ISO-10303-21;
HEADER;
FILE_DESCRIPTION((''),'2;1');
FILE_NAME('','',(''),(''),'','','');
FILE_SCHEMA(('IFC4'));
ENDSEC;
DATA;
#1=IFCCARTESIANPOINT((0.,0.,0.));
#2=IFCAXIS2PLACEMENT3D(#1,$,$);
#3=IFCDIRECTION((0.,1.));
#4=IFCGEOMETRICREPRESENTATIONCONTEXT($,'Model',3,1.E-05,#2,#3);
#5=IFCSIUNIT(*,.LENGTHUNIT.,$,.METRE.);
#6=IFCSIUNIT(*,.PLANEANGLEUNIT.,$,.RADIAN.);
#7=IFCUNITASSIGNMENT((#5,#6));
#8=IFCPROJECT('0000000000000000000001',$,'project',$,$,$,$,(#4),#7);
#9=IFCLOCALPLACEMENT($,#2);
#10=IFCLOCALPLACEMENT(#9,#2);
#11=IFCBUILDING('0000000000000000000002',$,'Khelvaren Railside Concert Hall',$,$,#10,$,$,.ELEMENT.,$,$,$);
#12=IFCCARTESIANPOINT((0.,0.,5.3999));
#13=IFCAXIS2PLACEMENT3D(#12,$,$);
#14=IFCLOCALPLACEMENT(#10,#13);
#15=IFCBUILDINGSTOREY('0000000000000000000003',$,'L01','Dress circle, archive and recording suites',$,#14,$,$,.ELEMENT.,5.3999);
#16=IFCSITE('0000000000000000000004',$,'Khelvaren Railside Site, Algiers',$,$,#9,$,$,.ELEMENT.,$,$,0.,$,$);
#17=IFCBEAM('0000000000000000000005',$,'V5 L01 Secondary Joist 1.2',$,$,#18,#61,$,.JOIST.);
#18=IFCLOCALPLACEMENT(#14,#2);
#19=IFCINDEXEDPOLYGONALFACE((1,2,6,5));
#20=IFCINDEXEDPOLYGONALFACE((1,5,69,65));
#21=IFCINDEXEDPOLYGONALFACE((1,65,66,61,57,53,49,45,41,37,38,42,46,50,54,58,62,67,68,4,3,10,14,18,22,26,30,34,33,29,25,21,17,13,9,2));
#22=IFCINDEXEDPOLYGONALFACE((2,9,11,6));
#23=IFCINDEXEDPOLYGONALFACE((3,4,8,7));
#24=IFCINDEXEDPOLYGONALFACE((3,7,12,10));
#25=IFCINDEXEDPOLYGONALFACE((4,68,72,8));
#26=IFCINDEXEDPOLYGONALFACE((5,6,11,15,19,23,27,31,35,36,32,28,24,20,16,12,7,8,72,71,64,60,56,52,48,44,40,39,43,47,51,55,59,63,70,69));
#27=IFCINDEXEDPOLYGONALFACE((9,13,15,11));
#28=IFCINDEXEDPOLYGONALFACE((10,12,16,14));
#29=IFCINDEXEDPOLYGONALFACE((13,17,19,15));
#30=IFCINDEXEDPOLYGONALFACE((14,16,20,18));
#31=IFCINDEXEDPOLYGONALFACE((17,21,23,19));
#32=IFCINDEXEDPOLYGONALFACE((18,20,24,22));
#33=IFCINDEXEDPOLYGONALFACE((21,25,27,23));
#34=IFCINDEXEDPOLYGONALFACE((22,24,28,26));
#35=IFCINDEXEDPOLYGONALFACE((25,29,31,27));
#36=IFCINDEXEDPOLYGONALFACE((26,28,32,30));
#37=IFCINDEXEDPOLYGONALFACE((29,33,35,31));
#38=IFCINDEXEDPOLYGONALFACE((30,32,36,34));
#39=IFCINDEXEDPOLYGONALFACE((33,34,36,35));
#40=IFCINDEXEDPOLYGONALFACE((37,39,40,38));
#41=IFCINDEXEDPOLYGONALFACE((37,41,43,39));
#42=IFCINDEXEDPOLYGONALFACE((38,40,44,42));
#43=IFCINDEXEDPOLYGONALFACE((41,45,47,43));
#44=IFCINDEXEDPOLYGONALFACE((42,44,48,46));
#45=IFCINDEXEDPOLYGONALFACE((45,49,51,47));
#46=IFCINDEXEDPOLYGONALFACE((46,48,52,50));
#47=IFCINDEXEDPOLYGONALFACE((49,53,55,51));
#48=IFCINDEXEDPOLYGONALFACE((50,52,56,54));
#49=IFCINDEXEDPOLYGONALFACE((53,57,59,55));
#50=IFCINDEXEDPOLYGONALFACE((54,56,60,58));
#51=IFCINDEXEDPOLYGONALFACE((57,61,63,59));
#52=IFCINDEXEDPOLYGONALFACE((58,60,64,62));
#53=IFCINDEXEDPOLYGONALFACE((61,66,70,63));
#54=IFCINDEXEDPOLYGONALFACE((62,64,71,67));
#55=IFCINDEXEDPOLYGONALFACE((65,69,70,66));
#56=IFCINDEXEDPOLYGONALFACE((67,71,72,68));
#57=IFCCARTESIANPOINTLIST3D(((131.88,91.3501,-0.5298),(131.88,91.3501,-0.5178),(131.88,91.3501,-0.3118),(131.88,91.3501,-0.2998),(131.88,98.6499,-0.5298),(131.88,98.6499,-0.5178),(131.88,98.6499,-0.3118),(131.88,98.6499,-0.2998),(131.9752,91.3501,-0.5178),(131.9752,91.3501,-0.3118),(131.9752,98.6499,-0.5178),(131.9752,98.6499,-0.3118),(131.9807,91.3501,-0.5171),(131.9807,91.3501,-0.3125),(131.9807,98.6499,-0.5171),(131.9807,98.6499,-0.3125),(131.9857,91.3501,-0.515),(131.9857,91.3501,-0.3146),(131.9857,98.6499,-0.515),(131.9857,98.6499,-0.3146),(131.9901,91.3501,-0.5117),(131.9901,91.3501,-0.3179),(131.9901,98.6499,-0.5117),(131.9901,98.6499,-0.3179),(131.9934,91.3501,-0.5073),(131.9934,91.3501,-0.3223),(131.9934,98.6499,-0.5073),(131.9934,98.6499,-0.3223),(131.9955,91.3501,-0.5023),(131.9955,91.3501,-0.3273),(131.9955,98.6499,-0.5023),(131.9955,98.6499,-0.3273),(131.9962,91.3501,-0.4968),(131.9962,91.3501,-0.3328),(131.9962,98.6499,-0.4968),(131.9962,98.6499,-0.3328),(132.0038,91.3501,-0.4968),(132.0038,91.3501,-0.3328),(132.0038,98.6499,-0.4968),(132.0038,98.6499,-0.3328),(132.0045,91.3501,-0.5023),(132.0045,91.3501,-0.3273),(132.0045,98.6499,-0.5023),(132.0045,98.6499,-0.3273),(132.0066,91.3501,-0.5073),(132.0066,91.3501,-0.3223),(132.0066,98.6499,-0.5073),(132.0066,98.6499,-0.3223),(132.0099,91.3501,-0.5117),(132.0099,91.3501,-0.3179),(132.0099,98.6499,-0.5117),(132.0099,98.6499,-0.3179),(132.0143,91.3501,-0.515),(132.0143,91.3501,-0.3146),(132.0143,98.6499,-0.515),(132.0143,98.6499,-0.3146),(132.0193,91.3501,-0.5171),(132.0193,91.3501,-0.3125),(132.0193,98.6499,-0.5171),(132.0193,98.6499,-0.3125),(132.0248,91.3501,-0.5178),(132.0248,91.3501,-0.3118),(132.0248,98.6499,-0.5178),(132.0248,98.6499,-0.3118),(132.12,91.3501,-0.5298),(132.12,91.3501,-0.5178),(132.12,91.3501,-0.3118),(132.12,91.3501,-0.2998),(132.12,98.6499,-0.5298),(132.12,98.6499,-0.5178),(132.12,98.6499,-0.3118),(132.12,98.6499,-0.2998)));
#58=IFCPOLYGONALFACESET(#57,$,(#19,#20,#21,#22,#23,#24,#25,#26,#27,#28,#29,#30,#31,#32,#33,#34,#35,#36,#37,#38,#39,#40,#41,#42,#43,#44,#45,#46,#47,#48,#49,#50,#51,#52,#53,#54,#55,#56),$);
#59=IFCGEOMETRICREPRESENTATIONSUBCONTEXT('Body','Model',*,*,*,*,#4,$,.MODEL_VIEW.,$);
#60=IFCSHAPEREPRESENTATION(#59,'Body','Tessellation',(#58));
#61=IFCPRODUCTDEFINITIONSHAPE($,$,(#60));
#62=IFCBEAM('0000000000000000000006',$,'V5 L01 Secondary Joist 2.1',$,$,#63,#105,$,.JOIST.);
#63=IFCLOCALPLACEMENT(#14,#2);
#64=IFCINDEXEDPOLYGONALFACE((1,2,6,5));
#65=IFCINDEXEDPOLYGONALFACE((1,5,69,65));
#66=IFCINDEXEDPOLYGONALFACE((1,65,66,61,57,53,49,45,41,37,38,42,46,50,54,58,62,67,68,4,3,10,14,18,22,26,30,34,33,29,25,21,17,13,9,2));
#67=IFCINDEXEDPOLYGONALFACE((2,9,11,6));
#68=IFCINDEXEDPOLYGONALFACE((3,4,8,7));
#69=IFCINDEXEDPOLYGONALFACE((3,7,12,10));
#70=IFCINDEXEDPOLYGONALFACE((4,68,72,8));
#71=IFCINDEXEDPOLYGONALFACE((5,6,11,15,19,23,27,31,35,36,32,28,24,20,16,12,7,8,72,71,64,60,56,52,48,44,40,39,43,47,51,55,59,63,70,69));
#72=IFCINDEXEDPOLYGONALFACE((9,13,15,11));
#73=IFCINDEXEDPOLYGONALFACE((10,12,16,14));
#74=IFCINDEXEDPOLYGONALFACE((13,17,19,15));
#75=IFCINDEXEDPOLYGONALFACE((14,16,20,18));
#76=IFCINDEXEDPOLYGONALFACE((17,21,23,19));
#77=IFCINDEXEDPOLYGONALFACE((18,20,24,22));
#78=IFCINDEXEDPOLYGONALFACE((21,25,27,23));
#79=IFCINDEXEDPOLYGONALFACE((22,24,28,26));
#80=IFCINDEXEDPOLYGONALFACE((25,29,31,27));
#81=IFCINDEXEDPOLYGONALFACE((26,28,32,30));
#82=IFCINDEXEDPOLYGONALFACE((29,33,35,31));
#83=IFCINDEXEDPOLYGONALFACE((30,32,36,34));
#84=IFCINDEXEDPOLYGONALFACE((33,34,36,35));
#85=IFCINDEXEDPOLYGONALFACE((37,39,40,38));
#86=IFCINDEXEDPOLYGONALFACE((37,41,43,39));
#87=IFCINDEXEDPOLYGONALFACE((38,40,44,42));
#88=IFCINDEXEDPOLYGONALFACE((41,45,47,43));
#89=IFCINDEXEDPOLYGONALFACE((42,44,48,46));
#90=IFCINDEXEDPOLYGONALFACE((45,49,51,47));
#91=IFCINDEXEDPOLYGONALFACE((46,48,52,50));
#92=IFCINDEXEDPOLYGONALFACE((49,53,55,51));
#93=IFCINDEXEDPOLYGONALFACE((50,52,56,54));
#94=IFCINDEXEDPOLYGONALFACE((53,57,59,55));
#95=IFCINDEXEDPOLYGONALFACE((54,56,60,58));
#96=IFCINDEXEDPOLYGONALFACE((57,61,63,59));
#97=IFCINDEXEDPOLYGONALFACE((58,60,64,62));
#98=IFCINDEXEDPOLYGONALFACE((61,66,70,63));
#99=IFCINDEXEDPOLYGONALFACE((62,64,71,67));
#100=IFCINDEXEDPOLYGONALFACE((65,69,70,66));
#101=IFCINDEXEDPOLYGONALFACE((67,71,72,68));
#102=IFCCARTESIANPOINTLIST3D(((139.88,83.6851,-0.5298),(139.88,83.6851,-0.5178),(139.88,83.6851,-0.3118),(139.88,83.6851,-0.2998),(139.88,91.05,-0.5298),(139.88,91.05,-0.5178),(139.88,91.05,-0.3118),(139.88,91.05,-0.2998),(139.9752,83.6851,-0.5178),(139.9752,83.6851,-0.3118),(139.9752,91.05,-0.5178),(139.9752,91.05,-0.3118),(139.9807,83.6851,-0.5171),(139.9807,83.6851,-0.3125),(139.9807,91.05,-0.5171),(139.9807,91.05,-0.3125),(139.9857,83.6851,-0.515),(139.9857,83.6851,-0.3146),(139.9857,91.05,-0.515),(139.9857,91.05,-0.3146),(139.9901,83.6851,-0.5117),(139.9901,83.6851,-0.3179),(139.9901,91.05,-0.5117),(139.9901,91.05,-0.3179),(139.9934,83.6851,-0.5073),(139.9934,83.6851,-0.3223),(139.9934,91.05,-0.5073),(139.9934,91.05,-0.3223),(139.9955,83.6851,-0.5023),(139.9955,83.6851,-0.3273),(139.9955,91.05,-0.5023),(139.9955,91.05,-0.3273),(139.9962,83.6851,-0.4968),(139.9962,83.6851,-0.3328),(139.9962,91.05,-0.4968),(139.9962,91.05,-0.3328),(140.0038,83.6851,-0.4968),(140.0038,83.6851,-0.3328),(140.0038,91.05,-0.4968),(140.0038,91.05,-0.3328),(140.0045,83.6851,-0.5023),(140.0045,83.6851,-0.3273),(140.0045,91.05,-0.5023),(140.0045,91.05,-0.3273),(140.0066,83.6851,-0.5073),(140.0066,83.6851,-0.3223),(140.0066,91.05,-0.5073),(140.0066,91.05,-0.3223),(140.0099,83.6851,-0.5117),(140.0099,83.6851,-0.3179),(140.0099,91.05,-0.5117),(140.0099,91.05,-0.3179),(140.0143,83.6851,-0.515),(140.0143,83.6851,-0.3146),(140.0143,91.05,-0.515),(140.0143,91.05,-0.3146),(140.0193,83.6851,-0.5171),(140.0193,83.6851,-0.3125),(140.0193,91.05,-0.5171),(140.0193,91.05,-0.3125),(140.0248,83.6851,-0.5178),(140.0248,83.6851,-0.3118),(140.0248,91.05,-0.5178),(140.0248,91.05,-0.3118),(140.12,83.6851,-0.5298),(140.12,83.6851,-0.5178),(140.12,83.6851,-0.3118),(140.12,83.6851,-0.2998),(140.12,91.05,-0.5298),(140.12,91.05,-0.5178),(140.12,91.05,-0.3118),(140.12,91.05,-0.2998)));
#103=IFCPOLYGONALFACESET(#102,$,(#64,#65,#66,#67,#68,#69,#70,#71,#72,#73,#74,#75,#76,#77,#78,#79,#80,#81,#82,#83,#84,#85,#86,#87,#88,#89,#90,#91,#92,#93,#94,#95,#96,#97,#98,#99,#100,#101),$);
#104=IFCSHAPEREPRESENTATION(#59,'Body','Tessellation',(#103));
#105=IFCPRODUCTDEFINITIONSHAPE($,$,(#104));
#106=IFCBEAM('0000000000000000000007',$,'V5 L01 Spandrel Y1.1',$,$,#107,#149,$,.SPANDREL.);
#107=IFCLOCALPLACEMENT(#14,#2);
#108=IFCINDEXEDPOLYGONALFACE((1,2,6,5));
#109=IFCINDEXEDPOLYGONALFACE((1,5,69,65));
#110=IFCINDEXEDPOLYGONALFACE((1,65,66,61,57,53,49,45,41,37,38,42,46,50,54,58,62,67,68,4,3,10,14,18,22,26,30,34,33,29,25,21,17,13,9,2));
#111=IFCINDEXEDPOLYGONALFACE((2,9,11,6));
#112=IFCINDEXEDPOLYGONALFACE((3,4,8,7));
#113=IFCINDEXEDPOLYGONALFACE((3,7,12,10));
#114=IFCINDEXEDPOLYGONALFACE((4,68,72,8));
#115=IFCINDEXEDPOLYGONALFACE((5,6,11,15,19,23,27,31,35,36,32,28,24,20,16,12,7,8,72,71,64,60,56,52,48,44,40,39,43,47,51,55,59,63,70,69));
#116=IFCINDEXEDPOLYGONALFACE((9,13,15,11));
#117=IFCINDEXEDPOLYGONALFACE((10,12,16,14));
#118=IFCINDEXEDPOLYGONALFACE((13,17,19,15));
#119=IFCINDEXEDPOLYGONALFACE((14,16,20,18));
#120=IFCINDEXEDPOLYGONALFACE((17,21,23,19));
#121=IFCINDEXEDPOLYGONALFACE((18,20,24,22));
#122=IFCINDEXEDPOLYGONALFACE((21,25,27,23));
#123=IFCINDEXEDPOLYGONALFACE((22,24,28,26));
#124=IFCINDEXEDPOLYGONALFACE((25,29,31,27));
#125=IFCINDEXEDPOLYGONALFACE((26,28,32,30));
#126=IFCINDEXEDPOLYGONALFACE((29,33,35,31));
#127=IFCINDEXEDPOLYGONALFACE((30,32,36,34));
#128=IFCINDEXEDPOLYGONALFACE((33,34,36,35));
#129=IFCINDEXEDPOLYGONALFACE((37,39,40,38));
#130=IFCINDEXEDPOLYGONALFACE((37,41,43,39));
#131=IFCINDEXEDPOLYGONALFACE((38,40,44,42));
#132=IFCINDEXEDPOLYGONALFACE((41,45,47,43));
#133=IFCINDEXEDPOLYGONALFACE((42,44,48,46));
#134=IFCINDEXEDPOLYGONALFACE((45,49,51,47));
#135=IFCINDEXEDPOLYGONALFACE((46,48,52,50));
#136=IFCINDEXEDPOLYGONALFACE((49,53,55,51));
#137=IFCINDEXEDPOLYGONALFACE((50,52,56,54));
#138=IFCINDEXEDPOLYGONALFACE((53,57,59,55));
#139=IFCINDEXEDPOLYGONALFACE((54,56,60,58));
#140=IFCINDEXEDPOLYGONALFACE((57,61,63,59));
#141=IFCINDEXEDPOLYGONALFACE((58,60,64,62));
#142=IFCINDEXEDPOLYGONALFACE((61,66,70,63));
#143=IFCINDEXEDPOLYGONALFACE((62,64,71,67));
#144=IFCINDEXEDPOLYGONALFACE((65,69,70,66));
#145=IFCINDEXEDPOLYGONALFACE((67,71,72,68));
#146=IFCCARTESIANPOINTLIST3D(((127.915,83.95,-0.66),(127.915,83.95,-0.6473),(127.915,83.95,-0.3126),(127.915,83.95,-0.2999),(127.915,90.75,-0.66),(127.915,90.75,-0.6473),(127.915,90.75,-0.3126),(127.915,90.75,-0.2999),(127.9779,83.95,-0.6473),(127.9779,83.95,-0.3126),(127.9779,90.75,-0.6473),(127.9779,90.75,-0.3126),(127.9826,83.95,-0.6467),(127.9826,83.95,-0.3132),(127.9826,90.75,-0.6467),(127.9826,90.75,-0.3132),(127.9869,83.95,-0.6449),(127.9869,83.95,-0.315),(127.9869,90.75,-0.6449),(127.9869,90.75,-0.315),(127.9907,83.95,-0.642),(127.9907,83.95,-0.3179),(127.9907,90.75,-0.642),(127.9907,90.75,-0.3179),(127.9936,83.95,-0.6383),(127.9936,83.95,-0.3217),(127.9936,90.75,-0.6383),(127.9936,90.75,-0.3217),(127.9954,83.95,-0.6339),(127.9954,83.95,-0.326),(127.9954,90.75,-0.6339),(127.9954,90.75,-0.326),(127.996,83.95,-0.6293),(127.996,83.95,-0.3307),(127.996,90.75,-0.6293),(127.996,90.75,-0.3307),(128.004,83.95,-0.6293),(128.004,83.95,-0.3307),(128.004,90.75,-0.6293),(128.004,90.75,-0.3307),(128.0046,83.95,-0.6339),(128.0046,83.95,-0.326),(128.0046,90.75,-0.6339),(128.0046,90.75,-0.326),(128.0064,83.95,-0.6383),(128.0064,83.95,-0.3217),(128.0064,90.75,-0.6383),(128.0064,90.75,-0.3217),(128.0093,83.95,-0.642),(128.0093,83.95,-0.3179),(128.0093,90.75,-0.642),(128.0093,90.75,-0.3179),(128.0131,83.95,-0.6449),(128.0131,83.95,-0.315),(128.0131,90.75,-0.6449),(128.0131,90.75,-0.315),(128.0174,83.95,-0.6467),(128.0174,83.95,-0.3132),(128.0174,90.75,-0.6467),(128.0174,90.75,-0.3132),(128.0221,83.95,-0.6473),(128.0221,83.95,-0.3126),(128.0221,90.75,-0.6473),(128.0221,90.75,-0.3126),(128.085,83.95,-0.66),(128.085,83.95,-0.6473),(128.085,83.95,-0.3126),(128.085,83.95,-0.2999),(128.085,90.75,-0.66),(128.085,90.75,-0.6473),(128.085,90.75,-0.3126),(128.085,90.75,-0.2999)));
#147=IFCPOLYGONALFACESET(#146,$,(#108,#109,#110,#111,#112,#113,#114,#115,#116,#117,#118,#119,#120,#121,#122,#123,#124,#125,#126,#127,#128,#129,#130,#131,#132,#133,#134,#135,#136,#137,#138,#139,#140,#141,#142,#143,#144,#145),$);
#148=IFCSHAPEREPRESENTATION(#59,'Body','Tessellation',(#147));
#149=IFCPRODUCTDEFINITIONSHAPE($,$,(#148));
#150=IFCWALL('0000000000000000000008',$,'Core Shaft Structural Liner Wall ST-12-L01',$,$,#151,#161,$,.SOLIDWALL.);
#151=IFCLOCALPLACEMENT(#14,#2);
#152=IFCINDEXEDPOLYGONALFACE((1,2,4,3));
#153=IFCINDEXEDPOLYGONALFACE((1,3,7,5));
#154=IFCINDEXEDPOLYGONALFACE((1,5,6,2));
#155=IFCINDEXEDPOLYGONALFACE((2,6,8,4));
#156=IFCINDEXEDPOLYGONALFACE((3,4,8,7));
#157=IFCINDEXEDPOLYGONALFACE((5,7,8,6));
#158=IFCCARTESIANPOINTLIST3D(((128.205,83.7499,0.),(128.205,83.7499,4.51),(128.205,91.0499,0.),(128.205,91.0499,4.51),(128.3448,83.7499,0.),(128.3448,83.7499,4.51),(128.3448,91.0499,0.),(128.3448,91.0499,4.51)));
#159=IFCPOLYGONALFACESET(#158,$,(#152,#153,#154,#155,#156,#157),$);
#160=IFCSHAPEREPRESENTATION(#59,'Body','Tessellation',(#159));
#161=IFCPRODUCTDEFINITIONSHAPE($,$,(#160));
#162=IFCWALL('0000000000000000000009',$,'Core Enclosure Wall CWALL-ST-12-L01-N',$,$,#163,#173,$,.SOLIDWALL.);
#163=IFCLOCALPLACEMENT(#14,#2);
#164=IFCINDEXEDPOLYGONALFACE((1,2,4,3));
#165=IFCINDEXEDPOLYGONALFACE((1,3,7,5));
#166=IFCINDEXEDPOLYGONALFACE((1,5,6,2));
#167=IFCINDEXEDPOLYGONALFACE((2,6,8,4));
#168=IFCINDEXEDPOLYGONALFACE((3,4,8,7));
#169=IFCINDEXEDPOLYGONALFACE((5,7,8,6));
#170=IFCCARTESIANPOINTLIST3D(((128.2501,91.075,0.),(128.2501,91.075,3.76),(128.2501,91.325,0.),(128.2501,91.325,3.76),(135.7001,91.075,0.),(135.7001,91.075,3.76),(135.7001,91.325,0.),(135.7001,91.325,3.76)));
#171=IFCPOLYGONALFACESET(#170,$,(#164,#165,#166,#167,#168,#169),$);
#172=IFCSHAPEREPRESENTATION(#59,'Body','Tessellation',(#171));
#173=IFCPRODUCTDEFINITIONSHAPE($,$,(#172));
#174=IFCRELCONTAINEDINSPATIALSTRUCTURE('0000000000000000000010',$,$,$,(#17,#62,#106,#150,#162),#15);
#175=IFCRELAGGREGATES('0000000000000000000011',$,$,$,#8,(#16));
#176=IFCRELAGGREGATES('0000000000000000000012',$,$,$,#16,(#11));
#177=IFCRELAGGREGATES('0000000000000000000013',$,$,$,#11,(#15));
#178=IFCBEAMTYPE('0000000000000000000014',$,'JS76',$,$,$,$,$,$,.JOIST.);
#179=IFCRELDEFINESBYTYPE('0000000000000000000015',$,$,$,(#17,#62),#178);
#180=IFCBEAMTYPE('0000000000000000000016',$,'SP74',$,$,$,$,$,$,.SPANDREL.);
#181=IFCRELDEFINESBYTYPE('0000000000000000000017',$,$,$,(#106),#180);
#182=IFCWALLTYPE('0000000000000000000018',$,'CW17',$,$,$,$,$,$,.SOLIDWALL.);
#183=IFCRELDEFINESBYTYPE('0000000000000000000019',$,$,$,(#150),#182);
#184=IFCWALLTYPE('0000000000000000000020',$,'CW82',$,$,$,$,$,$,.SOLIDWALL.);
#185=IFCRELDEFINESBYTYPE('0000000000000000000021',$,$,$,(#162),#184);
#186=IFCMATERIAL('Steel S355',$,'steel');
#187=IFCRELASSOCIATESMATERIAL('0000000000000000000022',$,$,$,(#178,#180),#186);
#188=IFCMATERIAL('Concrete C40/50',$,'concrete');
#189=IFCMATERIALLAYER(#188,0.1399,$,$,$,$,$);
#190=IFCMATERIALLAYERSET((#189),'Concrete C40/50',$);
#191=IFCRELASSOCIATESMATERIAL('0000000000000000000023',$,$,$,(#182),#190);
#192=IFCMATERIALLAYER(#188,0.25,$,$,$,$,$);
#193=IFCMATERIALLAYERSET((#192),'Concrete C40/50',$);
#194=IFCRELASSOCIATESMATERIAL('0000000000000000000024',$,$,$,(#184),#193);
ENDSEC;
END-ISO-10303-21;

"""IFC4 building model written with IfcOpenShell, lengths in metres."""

from ifc_helpers import new_model, si_unit, direction, frame, frame_2d, origin, origin_2d, place, context, subcontext, project, spatial, rectangle, i_section, extrude, material, layer, layer_set, material_profile, profile_set, type_object, element, save


model = new_model("IFC4")

# Units and contexts
model_context = context("Model", 3, precision=1e-05, world=origin(), true_north=direction((0.0, 1.0)))
body_context = subcontext(model_context, "Body", "Model", "MODEL_VIEW")
ifc_project = project(units=[si_unit("LENGTHUNIT", "METRE"), si_unit("PLANEANGLEUNIT", "RADIAN")], contexts=[model_context])

# Site, building, storey
site_placement = place(None, origin())
site = spatial("IfcSite", under=ifc_project, at=site_placement, Name="Khelvaren Railside Site, Algiers", CompositionType="ELEMENT", RefElevation=0.0)
building_placement = place(site_placement, origin())
building = spatial("IfcBuilding", under=site, at=building_placement, Name="Khelvaren Railside Concert Hall", CompositionType="ELEMENT")
storey_placement = place(building_placement, frame((0.0, 0.0, 5.3999)))
storey = spatial("IfcBuildingStorey", under=building, at=storey_placement, Name="L01", Description="Dress circle, archive and recording suites", CompositionType="ELEMENT", Elevation=5.3999)

# Beams
ifc_material_1 = material(Name="Steel S355", Category="steel")
ifc_material_profile_1 = material_profile(ifc_material_1, i_section(OverallWidth=0.24, OverallDepth=0.23, WebThickness=0.0076, FlangeThickness=0.012, FilletRadius=0.021, at=origin_2d()), Name="HEA 240")
ifc_profile_set_1 = profile_set([ifc_material_profile_1], Name="Steel S355")
beam_type_1 = type_object("IfcBeamType", Name="JS76", PredefinedType="JOIST", material=ifc_profile_set_1)
beam_1_placement = place(storey_placement, frame((132.0, 91.3501, -0.4148), z_axis=(0.0, 1.0, 0.0), x_axis=(-1.0, 0.0, 0.0)))
element("IfcBeam", 1, at=beam_1_placement, inside=storey, type_object=beam_type_1, Name="V5 L01 Secondary Joist 1.2", PredefinedType="JOIST", context=body_context, shape_type="SweptSolid", body=[
    extrude(i_section(OverallWidth=0.24, OverallDepth=0.23, WebThickness=0.0076, FlangeThickness=0.012, FilletRadius=0.021, at=origin_2d()), origin(), (0.0, 0.0, 1.0), 7.2998),
])
beam_2_placement = place(storey_placement, frame((140.0, 83.6851, -0.4148), z_axis=(0.0, 1.0, 0.0), x_axis=(-1.0, 0.0, 0.0)))
element("IfcBeam", 2, at=beam_2_placement, inside=storey, type_object=beam_type_1, Name="V5 L01 Secondary Joist 2.1", PredefinedType="JOIST", context=body_context, shape_type="SweptSolid", body=[
    extrude(i_section(OverallWidth=0.24, OverallDepth=0.23, WebThickness=0.0076, FlangeThickness=0.012, FilletRadius=0.021, at=origin_2d()), origin(), (0.0, 0.0, 1.0), 7.365),
])
ifc_material_profile_2 = material_profile(ifc_material_1, i_section(OverallWidth=0.1699, OverallDepth=0.3601, WebThickness=0.0081, FlangeThickness=0.0127, FilletRadius=0.0181, at=origin_2d()), Name="IPE 360")
ifc_profile_set_2 = profile_set([ifc_material_profile_2], Name="Steel S355")
beam_type_2 = type_object("IfcBeamType", Name="SP74", PredefinedType="SPANDREL", material=ifc_profile_set_2)
beam_3_placement = place(storey_placement, frame((128.0, 83.95, -0.48), z_axis=(0.0, 1.0, 0.0), x_axis=(-1.0, 0.0, 0.0)))
element("IfcBeam", 3, at=beam_3_placement, inside=storey, type_object=beam_type_2, Name="V5 L01 Spandrel Y1.1", PredefinedType="SPANDREL", context=body_context, shape_type="SweptSolid", body=[
    extrude(i_section(OverallWidth=0.1699, OverallDepth=0.3601, WebThickness=0.0081, FlangeThickness=0.0127, FilletRadius=0.0181, at=origin_2d()), origin(), (0.0, 0.0, 1.0), 6.8),
])

# Walls
ifc_material_2 = material(Name="Concrete C40/50", Category="concrete")
ifc_layer_1 = layer(ifc_material_2, 0.1399)
ifc_layer_set_1 = layer_set([ifc_layer_1], Name="Concrete C40/50")
wall_type_1 = type_object("IfcWallType", Name="CW17", PredefinedType="SOLIDWALL", material=ifc_layer_set_1)
wall_1_placement = place(storey_placement, frame((128.2749, 83.75, 0.0), z_axis=(0.0, 0.0, 1.0), x_axis=(0.0, 1.0, 0.0)))
element("IfcWall", 4, at=wall_1_placement, inside=storey, type_object=wall_type_1, Name="Core Shaft Structural Liner Wall ST-12-L01", PredefinedType="SOLIDWALL", context=body_context, shape_type="SweptSolid", body=[
    extrude(rectangle(XDim=7.3, YDim=0.1399, at=frame_2d((3.6499, 0.0))), origin(), (0.0, 0.0, 1.0), 4.51),
])
ifc_layer_2 = layer(ifc_material_2, 0.25)
ifc_layer_set_2 = layer_set([ifc_layer_2], Name="Concrete C40/50")
wall_type_2 = type_object("IfcWallType", Name="CW82", PredefinedType="SOLIDWALL", material=ifc_layer_set_2)
wall_2_placement = place(storey_placement, frame((128.25, 91.2, 0.0), z_axis=(0.0, 0.0, 1.0), x_axis=(1.0, 0.0, 0.0)))
element("IfcWall", 5, at=wall_2_placement, inside=storey, type_object=wall_type_2, Name="Core Enclosure Wall CWALL-ST-12-L01-N", PredefinedType="SOLIDWALL", context=body_context, shape_type="SweptSolid", body=[
    extrude(rectangle(XDim=7.45, YDim=0.25, at=frame_2d((3.7251, 0.0))), origin(), (0.0, 0.0, 1.0), 3.76),
])

save(model, "model.ifc")
